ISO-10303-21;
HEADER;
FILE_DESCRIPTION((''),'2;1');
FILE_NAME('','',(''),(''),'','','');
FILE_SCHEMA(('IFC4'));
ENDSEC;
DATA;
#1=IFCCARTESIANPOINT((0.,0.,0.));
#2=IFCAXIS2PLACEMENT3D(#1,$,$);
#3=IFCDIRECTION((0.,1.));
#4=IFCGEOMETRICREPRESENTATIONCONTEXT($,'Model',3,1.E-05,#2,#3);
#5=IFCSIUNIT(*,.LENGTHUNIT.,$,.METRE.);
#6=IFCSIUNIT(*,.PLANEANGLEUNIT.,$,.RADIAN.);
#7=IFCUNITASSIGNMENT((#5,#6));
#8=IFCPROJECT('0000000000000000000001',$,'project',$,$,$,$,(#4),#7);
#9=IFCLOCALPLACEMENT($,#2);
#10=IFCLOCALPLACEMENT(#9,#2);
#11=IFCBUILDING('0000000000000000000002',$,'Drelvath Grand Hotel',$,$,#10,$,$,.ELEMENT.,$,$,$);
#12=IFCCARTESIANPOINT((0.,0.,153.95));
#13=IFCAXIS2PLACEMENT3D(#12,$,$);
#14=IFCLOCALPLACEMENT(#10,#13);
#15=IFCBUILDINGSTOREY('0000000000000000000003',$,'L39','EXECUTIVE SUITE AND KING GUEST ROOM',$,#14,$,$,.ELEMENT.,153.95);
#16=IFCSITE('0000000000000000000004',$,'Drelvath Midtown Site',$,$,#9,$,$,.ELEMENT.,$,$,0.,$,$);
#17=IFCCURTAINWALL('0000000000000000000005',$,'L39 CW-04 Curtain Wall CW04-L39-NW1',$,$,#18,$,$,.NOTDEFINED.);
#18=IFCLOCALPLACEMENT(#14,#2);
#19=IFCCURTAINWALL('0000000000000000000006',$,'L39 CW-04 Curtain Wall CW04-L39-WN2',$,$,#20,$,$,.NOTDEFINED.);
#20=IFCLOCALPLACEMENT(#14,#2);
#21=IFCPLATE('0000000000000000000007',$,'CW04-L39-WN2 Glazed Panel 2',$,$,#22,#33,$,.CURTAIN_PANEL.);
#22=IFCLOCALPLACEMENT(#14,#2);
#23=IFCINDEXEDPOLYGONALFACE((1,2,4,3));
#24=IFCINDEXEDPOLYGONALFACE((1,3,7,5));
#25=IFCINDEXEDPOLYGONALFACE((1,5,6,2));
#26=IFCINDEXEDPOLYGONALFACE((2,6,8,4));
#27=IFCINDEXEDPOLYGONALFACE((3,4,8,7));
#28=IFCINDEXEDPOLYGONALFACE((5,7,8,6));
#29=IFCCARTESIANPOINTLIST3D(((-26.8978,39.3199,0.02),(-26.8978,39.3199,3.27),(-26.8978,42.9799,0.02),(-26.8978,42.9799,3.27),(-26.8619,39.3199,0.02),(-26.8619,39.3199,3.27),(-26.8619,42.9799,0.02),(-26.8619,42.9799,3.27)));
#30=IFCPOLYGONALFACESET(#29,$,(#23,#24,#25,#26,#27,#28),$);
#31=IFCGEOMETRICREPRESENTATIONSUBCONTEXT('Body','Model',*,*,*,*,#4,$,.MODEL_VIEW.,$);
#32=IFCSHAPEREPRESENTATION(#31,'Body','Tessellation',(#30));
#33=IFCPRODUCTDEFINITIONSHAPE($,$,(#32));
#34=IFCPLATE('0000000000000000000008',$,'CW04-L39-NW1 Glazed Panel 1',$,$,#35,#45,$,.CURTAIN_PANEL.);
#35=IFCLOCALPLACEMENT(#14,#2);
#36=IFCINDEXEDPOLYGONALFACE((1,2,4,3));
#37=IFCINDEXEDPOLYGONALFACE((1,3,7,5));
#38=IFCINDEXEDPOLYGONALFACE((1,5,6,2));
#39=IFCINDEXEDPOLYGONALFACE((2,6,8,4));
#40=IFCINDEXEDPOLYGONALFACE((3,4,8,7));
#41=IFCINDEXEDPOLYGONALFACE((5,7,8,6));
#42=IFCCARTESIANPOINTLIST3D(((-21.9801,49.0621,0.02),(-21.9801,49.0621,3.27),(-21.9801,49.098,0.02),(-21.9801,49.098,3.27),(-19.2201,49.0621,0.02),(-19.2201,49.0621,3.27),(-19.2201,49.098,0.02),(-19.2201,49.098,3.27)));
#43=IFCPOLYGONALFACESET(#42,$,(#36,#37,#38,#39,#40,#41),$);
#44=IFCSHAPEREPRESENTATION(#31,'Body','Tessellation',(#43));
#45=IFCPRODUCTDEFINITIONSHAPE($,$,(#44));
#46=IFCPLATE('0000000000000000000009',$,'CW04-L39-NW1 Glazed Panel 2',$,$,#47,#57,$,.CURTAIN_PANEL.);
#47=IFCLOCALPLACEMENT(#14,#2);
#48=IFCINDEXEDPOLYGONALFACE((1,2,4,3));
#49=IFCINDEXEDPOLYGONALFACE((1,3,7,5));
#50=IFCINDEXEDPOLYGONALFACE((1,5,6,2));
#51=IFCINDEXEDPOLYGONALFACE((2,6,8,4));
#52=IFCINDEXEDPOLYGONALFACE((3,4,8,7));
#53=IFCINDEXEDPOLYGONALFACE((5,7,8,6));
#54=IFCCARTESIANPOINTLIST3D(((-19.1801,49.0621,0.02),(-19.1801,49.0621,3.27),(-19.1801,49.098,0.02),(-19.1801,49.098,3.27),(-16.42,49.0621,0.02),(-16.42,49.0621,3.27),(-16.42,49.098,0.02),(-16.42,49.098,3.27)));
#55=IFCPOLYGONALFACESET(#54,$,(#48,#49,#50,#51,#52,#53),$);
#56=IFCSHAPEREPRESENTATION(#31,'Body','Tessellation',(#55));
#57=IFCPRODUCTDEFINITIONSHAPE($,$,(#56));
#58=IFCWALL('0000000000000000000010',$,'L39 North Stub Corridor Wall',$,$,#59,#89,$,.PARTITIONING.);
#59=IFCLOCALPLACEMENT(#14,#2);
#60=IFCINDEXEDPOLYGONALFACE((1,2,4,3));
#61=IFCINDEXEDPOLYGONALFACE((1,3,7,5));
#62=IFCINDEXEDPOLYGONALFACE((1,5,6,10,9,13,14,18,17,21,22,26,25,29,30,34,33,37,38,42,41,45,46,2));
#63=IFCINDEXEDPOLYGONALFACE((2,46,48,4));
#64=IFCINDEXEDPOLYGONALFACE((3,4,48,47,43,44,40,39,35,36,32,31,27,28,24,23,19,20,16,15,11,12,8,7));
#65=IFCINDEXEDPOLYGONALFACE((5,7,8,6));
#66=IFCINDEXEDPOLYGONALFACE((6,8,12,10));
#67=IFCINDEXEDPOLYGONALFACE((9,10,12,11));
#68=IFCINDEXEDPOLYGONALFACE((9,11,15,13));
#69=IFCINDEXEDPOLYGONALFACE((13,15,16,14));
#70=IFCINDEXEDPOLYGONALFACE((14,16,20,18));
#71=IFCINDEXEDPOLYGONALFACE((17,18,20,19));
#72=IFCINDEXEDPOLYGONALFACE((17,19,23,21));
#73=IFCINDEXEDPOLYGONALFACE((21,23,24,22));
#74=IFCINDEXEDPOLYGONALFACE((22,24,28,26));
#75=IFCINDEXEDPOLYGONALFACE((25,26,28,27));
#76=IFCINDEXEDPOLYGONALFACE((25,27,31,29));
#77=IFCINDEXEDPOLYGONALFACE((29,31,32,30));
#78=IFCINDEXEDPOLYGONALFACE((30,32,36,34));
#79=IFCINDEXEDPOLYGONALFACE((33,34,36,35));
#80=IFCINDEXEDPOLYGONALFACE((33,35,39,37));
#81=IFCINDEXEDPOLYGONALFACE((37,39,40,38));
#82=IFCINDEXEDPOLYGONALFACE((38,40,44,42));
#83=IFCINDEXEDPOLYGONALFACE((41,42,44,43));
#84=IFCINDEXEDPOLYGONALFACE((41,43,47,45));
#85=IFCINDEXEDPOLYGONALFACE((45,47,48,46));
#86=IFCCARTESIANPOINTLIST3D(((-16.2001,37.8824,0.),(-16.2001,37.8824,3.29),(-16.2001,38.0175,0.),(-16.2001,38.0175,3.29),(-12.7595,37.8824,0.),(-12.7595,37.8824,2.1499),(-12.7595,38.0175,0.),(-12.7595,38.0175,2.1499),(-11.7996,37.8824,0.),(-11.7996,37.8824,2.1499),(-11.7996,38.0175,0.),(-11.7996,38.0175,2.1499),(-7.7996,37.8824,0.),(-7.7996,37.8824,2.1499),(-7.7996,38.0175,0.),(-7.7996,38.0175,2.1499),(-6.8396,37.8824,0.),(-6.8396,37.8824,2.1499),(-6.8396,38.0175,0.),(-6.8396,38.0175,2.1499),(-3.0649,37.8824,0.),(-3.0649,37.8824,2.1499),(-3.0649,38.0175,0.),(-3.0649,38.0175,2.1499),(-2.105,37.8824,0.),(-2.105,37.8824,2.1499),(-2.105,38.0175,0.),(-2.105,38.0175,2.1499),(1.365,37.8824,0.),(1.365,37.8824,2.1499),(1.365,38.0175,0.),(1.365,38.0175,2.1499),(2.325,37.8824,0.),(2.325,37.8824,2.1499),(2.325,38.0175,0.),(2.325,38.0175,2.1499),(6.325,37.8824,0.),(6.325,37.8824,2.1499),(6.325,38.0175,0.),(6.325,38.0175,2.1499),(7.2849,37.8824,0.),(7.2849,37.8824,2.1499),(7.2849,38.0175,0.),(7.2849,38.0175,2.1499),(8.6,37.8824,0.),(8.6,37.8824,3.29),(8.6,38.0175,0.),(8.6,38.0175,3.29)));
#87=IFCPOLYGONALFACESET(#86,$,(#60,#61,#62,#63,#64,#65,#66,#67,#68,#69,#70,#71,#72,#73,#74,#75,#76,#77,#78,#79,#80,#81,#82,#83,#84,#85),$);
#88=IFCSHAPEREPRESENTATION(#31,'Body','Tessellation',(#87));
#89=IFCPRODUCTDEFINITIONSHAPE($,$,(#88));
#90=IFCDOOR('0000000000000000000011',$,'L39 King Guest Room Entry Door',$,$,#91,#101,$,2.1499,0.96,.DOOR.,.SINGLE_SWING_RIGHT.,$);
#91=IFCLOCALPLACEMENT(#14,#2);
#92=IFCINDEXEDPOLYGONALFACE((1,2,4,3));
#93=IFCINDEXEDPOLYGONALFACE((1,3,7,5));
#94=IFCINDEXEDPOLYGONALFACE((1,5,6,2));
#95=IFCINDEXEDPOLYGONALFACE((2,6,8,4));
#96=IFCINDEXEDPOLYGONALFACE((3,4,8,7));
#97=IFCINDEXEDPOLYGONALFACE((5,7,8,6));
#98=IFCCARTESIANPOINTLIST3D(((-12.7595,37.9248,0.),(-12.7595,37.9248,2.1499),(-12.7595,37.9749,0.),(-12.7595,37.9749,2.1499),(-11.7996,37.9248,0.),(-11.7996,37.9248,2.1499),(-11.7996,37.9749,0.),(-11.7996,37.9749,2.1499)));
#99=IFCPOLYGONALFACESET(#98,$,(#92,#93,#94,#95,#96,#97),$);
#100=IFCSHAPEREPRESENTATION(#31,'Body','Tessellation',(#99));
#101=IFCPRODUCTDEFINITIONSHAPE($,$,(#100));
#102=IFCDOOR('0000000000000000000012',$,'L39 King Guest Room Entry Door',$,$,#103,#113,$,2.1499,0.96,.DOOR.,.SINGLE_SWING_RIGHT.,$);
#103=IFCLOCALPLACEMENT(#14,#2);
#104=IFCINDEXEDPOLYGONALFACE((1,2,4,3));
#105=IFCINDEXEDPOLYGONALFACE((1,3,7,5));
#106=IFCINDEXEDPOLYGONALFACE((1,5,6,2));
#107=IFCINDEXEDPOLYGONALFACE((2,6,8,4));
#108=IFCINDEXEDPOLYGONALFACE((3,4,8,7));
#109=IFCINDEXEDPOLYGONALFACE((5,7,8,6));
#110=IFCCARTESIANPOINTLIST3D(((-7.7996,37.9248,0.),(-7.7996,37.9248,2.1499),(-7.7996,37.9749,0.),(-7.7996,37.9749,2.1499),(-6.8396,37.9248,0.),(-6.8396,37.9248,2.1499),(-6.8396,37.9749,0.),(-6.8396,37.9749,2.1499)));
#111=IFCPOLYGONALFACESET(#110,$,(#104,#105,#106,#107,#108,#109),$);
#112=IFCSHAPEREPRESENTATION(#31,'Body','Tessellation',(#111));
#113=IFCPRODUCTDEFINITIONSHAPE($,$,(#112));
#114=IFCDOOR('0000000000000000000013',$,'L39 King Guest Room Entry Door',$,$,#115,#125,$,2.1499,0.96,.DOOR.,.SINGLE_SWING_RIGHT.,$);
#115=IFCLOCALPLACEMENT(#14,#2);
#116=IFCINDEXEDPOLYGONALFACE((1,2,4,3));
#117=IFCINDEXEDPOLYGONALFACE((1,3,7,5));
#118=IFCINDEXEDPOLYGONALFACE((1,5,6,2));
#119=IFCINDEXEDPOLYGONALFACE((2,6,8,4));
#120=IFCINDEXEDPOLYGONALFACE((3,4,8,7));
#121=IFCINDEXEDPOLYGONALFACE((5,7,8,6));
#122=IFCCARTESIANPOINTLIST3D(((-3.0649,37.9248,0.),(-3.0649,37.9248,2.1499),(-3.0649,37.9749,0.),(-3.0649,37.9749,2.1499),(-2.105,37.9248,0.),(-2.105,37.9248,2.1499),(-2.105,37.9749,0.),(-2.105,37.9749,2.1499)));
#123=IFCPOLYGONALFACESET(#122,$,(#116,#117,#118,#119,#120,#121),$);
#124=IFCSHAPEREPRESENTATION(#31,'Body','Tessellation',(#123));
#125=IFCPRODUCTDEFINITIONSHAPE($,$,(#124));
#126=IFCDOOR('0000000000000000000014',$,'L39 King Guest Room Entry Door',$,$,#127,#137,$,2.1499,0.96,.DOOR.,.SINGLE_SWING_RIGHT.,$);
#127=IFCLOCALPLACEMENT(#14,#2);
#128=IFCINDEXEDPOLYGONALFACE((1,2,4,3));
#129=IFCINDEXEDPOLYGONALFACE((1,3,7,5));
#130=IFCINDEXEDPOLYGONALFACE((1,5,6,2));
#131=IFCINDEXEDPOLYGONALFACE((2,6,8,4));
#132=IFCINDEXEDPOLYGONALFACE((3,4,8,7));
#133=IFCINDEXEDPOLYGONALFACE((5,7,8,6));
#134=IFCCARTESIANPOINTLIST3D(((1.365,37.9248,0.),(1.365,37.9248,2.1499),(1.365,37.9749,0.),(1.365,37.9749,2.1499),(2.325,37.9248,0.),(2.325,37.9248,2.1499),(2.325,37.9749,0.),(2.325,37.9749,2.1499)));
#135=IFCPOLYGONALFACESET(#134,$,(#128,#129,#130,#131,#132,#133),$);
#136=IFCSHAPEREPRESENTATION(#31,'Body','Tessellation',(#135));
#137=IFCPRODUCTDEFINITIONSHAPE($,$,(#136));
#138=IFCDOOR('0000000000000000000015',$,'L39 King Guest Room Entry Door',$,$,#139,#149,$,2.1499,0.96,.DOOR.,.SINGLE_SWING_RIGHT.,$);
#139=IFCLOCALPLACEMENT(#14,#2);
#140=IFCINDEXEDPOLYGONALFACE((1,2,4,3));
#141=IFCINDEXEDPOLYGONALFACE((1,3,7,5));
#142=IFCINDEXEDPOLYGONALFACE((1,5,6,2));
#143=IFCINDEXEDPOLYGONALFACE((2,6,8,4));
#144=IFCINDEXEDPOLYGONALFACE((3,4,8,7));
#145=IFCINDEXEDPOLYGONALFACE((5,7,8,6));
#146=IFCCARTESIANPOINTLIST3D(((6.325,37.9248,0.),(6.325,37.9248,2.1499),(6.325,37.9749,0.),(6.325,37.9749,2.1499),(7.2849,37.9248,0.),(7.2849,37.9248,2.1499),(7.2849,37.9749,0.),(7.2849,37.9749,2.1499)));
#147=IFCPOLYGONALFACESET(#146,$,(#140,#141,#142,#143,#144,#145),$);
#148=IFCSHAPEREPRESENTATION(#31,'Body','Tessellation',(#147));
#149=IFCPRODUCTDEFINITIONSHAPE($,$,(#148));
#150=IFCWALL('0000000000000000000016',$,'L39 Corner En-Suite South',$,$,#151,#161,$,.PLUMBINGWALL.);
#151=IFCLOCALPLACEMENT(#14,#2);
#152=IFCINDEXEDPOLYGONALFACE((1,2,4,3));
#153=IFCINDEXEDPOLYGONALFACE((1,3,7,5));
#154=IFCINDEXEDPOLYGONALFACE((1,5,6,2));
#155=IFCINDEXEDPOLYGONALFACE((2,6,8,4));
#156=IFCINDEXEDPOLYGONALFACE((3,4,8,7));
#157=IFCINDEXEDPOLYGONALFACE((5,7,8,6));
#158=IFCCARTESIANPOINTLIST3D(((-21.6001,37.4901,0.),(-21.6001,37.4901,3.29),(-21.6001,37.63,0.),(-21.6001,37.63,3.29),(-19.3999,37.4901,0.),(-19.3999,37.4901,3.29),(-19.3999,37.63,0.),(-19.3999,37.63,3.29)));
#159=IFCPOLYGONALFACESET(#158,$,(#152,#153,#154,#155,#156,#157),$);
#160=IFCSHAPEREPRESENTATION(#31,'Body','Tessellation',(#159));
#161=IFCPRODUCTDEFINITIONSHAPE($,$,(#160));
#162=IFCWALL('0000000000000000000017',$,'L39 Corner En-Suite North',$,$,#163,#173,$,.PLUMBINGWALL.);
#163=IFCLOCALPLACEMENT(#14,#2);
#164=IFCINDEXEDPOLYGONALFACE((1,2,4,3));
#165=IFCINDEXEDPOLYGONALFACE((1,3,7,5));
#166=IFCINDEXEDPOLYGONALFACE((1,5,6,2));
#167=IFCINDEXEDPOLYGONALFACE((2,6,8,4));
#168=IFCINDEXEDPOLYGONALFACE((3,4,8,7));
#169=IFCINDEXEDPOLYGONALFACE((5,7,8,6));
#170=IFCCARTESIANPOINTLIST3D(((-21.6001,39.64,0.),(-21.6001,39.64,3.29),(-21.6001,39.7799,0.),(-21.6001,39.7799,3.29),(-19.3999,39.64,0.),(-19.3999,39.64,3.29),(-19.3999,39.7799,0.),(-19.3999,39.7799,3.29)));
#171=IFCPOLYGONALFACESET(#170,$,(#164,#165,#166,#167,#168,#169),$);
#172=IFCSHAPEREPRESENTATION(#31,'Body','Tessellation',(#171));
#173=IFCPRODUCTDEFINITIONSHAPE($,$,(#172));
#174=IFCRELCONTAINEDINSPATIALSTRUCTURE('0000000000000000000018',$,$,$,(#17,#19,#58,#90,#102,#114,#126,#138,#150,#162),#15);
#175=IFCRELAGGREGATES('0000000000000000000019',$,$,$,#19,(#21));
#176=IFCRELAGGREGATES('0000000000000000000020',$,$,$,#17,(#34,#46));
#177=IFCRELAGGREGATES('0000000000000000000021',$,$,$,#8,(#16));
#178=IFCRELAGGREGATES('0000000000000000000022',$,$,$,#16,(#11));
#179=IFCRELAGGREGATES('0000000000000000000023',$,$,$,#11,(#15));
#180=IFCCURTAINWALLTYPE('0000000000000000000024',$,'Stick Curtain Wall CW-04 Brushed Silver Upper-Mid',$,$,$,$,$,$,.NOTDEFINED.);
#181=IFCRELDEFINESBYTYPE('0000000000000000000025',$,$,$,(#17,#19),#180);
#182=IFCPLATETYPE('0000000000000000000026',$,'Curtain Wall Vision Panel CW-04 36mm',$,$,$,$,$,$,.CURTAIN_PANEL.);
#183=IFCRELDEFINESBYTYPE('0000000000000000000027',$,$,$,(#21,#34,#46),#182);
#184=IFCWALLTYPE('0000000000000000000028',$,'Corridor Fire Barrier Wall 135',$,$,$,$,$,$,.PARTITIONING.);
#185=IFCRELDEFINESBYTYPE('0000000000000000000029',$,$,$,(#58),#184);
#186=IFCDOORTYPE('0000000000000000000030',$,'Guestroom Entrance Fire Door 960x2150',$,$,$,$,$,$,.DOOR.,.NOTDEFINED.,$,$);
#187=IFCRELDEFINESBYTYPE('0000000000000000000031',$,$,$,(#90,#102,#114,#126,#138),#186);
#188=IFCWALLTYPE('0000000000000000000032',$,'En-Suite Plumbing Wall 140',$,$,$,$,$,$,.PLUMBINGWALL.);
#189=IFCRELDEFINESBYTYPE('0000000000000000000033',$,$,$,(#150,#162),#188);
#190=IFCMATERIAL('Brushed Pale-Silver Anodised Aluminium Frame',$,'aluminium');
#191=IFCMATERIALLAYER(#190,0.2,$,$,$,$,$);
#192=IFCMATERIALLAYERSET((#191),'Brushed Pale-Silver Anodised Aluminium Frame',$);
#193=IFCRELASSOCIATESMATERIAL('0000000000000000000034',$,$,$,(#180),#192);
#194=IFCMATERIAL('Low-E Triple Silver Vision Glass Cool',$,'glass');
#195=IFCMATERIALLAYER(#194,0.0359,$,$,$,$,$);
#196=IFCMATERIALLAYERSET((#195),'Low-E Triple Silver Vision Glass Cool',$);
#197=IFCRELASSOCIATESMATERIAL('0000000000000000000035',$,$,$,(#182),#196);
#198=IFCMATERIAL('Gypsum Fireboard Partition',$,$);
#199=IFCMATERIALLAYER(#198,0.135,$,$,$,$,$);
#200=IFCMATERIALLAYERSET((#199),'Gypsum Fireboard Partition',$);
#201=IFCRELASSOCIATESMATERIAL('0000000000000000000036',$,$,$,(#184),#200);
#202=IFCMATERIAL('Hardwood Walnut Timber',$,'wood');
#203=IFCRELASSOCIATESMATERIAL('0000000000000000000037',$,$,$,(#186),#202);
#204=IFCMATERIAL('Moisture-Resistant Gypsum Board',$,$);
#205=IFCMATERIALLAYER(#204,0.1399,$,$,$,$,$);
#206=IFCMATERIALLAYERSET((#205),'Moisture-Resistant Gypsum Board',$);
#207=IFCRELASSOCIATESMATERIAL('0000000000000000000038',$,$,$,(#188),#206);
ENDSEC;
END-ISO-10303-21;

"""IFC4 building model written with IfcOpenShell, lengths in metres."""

from ifc_helpers import new_model, si_unit, direction, frame, frame_2d, origin, origin_2d, place, context, subcontext, project, spatial, rectangle, extrude, material, layer, layer_set, type_object, element, fill, aggregate, save


model = new_model("IFC4")

# Units and contexts
model_context = context("Model", 3, precision=1e-05, world=origin(), true_north=direction((0.0, 1.0)))
body_context = subcontext(model_context, "Body", "Model", "MODEL_VIEW")
ifc_project = project(units=[si_unit("LENGTHUNIT", "METRE"), si_unit("PLANEANGLEUNIT", "RADIAN")], contexts=[model_context])

# Site, building, storey
site_placement = place(None, origin())
site = spatial("IfcSite", under=ifc_project, at=site_placement, Name="Drelvath Midtown Site", CompositionType="ELEMENT", RefElevation=0.0)
building_placement = place(site_placement, origin())
building = spatial("IfcBuilding", under=site, at=building_placement, Name="Drelvath Grand Hotel", CompositionType="ELEMENT")
storey_placement = place(building_placement, frame((0.0, 0.0, 153.95)))
storey = spatial("IfcBuildingStorey", under=building, at=storey_placement, Name="L39", Description="EXECUTIVE SUITE AND KING GUEST ROOM", CompositionType="ELEMENT", Elevation=153.95)

# Curtain wall
ifc_material_1 = material(Name="Brushed Pale-Silver Anodised Aluminium Frame", Category="aluminium")
ifc_layer_1 = layer(ifc_material_1, 0.2)
ifc_layer_set_1 = layer_set([ifc_layer_1], Name="Brushed Pale-Silver Anodised Aluminium Frame")
curtain_wall_type = type_object("IfcCurtainWallType", Name="Stick Curtain Wall CW-04 Brushed Silver Upper-Mid", PredefinedType="NOTDEFINED", material=ifc_layer_set_1)
curtain_wall_1_placement = place(storey_placement, origin())
curtain_wall_1 = element("IfcCurtainWall", 1, at=curtain_wall_1_placement, inside=storey, type_object=curtain_wall_type, Name="L39 CW-04 Curtain Wall CW04-L39-NW1", PredefinedType="NOTDEFINED")

# Curtain wall
curtain_wall_2_placement = place(storey_placement, origin())
curtain_wall_2 = element("IfcCurtainWall", 2, at=curtain_wall_2_placement, inside=storey, type_object=curtain_wall_type, Name="L39 CW-04 Curtain Wall CW04-L39-WN2", PredefinedType="NOTDEFINED")

# Plates
ifc_material_2 = material(Name="Low-E Triple Silver Vision Glass Cool", Category="glass")
ifc_layer_2 = layer(ifc_material_2, 0.0359)
ifc_layer_set_2 = layer_set([ifc_layer_2], Name="Low-E Triple Silver Vision Glass Cool")
plate_type = type_object("IfcPlateType", Name="Curtain Wall Vision Panel CW-04 36mm", PredefinedType="CURTAIN_PANEL", material=ifc_layer_set_2)
plate_1_placement = place(storey_placement, frame((-26.8799, 41.1499, 0.02), z_axis=(0.0, 0.0, 1.0), x_axis=(0.0, 1.0, 0.0)))
plate_1 = element("IfcPlate", 3, at=plate_1_placement, type_object=plate_type, Name="CW04-L39-WN2 Glazed Panel 2", PredefinedType="CURTAIN_PANEL", context=body_context, shape_type="SweptSolid", body=[
    extrude(rectangle(XDim=3.6599, YDim=0.0359, at=origin_2d()), origin(), (0.0, 0.0, 1.0), 3.25),
])
aggregate(curtain_wall_2, [plate_1])
plate_2_placement = place(storey_placement, frame((-20.6001, 49.0801, 0.02), z_axis=(0.0, 0.0, 1.0), x_axis=(1.0, 0.0, 0.0)))
plate_2 = element("IfcPlate", 4, at=plate_2_placement, type_object=plate_type, Name="CW04-L39-NW1 Glazed Panel 1", PredefinedType="CURTAIN_PANEL", context=body_context, shape_type="SweptSolid", body=[
    extrude(rectangle(XDim=2.76, YDim=0.0359, at=origin_2d()), origin(), (0.0, 0.0, 1.0), 3.25),
])
plate_3_placement = place(storey_placement, frame((-17.8, 49.0801, 0.02), z_axis=(0.0, 0.0, 1.0), x_axis=(1.0, 0.0, 0.0)))
plate_3 = element("IfcPlate", 5, at=plate_3_placement, type_object=plate_type, Name="CW04-L39-NW1 Glazed Panel 2", PredefinedType="CURTAIN_PANEL", context=body_context, shape_type="SweptSolid", body=[
    extrude(rectangle(XDim=2.76, YDim=0.0359, at=origin_2d()), origin(), (0.0, 0.0, 1.0), 3.25),
])
aggregate(curtain_wall_1, [plate_2, plate_3])

# Wall, openings, doors
ifc_material_3 = material(Name="Gypsum Fireboard Partition")
ifc_layer_3 = layer(ifc_material_3, 0.135)
ifc_layer_set_3 = layer_set([ifc_layer_3], Name="Gypsum Fireboard Partition")
wall_type_1 = type_object("IfcWallType", Name="Corridor Fire Barrier Wall 135", PredefinedType="PARTITIONING", material=ifc_layer_set_3)
wall_1_placement = place(storey_placement, frame((-16.2, 37.95, 0.0), z_axis=(0.0, 0.0, 1.0), x_axis=(1.0, 0.0, 0.0)))
wall_1 = element("IfcWall", 6, at=wall_1_placement, inside=storey, type_object=wall_type_1, Name="L39 North Stub Corridor Wall", PredefinedType="PARTITIONING", context=body_context, shape_type="SweptSolid", body=[
    extrude(rectangle(XDim=24.8, YDim=0.135, at=frame_2d((12.3999, 0.0))), origin(), (0.0, 0.0, 1.0), 3.29),
])
opening_1_placement = place(wall_1_placement, frame((3.4404, 0.0, 0.0)))
opening_1 = element("IfcOpeningElement", 7, at=opening_1_placement, cuts=wall_1, PredefinedType="OPENING", context=body_context, shape_type="SweptSolid", body=[
    extrude(rectangle(XDim=0.96, YDim=2.1499, at=frame_2d((0.48, 1.075))), frame((0.0, 0.0774, 0.0), z_axis=(0.0, -1.0, 0.0), x_axis=(1.0, 0.0, 0.0)), (0.0, 0.0, 1.0), 0.155),
])
opening_2_placement = place(wall_1_placement, frame((8.4004, 0.0, 0.0)))
opening_2 = element("IfcOpeningElement", 8, at=opening_2_placement, cuts=wall_1, PredefinedType="OPENING", context=body_context, shape_type="SweptSolid", body=[
    extrude(rectangle(XDim=0.96, YDim=2.1499, at=frame_2d((0.48, 1.075))), frame((0.0, 0.0774, 0.0), z_axis=(0.0, -1.0, 0.0), x_axis=(1.0, 0.0, 0.0)), (0.0, 0.0, 1.0), 0.155),
])
opening_3_placement = place(wall_1_placement, frame((13.135, 0.0, 0.0)))
opening_3 = element("IfcOpeningElement", 9, at=opening_3_placement, cuts=wall_1, PredefinedType="OPENING", context=body_context, shape_type="SweptSolid", body=[
    extrude(rectangle(XDim=0.96, YDim=2.1499, at=frame_2d((0.48, 1.075))), frame((0.0, 0.0774, 0.0), z_axis=(0.0, -1.0, 0.0), x_axis=(1.0, 0.0, 0.0)), (0.0, 0.0, 1.0), 0.155),
])
opening_4_placement = place(wall_1_placement, frame((17.5649, 0.0, 0.0)))
opening_4 = element("IfcOpeningElement", 10, at=opening_4_placement, cuts=wall_1, PredefinedType="OPENING", context=body_context, shape_type="SweptSolid", body=[
    extrude(rectangle(XDim=0.96, YDim=2.1499, at=frame_2d((0.48, 1.075))), frame((0.0, 0.0774, 0.0), z_axis=(0.0, -1.0, 0.0), x_axis=(1.0, 0.0, 0.0)), (0.0, 0.0, 1.0), 0.155),
])
opening_5_placement = place(wall_1_placement, frame((22.5249, 0.0, 0.0)))
opening_5 = element("IfcOpeningElement", 11, at=opening_5_placement, cuts=wall_1, PredefinedType="OPENING", context=body_context, shape_type="SweptSolid", body=[
    extrude(rectangle(XDim=0.96, YDim=2.1499, at=frame_2d((0.48, 1.075))), frame((0.0, 0.0774, 0.0), z_axis=(0.0, -1.0, 0.0), x_axis=(1.0, 0.0, 0.0)), (0.0, 0.0, 1.0), 0.155),
])
ifc_material_4 = material(Name="Hardwood Walnut Timber", Category="wood")
door_type_1 = type_object("IfcDoorType", Name="Guestroom Entrance Fire Door 960x2150", OperationType="NOTDEFINED", PredefinedType="DOOR", material=ifc_material_4)
door_1_placement = place(opening_1_placement, origin())
door_1 = element("IfcDoor", 12, at=door_1_placement, inside=storey, type_object=door_type_1, Name="L39 King Guest Room Entry Door", OperationType="SINGLE_SWING_RIGHT", OverallHeight=2.1499, OverallWidth=0.96, PredefinedType="DOOR", context=body_context, shape_type="SweptSolid", body=[
    extrude(rectangle(XDim=0.96, YDim=2.1499, at=frame_2d((0.48, 1.075))), frame((0.0, 0.0249, 0.0), z_axis=(0.0, -1.0, 0.0), x_axis=(1.0, 0.0, 0.0)), (0.0, 0.0, 1.0), 0.05),
])
fill(opening_1, door_1)
door_2_placement = place(opening_2_placement, origin())
door_2 = element("IfcDoor", 13, at=door_2_placement, inside=storey, type_object=door_type_1, Name="L39 King Guest Room Entry Door", OperationType="SINGLE_SWING_RIGHT", OverallHeight=2.1499, OverallWidth=0.96, PredefinedType="DOOR", context=body_context, shape_type="SweptSolid", body=[
    extrude(rectangle(XDim=0.96, YDim=2.1499, at=frame_2d((0.48, 1.075))), frame((0.0, 0.0249, 0.0), z_axis=(0.0, -1.0, 0.0), x_axis=(1.0, 0.0, 0.0)), (0.0, 0.0, 1.0), 0.05),
])
fill(opening_2, door_2)
door_3_placement = place(opening_3_placement, origin())
door_3 = element("IfcDoor", 14, at=door_3_placement, inside=storey, type_object=door_type_1, Name="L39 King Guest Room Entry Door", OperationType="SINGLE_SWING_RIGHT", OverallHeight=2.1499, OverallWidth=0.96, PredefinedType="DOOR", context=body_context, shape_type="SweptSolid", body=[
    extrude(rectangle(XDim=0.96, YDim=2.1499, at=frame_2d((0.48, 1.075))), frame((0.0, 0.0249, 0.0), z_axis=(0.0, -1.0, 0.0), x_axis=(1.0, 0.0, 0.0)), (0.0, 0.0, 1.0), 0.05),
])
fill(opening_3, door_3)
door_4_placement = place(opening_4_placement, origin())
door_4 = element("IfcDoor", 15, at=door_4_placement, inside=storey, type_object=door_type_1, Name="L39 King Guest Room Entry Door", OperationType="SINGLE_SWING_RIGHT", OverallHeight=2.1499, OverallWidth=0.96, PredefinedType="DOOR", context=body_context, shape_type="SweptSolid", body=[
    extrude(rectangle(XDim=0.96, YDim=2.1499, at=frame_2d((0.48, 1.075))), frame((0.0, 0.0249, 0.0), z_axis=(0.0, -1.0, 0.0), x_axis=(1.0, 0.0, 0.0)), (0.0, 0.0, 1.0), 0.05),
])
fill(opening_4, door_4)
door_5_placement = place(opening_5_placement, origin())
door_5 = element("IfcDoor", 16, at=door_5_placement, inside=storey, type_object=door_type_1, Name="L39 King Guest Room Entry Door", OperationType="SINGLE_SWING_RIGHT", OverallHeight=2.1499, OverallWidth=0.96, PredefinedType="DOOR", context=body_context, shape_type="SweptSolid", body=[
    extrude(rectangle(XDim=0.96, YDim=2.1499, at=frame_2d((0.48, 1.075))), frame((0.0, 0.0249, 0.0), z_axis=(0.0, -1.0, 0.0), x_axis=(1.0, 0.0, 0.0)), (0.0, 0.0, 1.0), 0.05),
])
fill(opening_5, door_5)

# Walls
ifc_material_5 = material(Name="Moisture-Resistant Gypsum Board")
ifc_layer_4 = layer(ifc_material_5, 0.1399)
ifc_layer_set_4 = layer_set([ifc_layer_4], Name="Moisture-Resistant Gypsum Board")
wall_type_2 = type_object("IfcWallType", Name="En-Suite Plumbing Wall 140", PredefinedType="PLUMBINGWALL", material=ifc_layer_set_4)
for number, where, z_axis, x_axis, name in (
    (17, (-21.6001, 37.5601, 0.0), (0.0, 0.0, 1.0), (1.0, 0.0, 0.0), "L39 Corner En-Suite South"),
    (18, (-21.6001, 39.71, 0.0), (0.0, 0.0, 1.0), (1.0, 0.0, 0.0), "L39 Corner En-Suite North"),
):
    element("IfcWall", number, at=place(storey_placement, frame(where, z_axis=z_axis, x_axis=x_axis)), inside=storey, type_object=wall_type_2, Name=name, PredefinedType="PLUMBINGWALL", context=body_context, shape_type="SweptSolid", body=[
        extrude(rectangle(XDim=2.2002, YDim=0.1399, at=frame_2d((1.1001, 0.0))), origin(), (0.0, 0.0, 1.0), 3.29),
    ])

save(model, "model.ifc")
